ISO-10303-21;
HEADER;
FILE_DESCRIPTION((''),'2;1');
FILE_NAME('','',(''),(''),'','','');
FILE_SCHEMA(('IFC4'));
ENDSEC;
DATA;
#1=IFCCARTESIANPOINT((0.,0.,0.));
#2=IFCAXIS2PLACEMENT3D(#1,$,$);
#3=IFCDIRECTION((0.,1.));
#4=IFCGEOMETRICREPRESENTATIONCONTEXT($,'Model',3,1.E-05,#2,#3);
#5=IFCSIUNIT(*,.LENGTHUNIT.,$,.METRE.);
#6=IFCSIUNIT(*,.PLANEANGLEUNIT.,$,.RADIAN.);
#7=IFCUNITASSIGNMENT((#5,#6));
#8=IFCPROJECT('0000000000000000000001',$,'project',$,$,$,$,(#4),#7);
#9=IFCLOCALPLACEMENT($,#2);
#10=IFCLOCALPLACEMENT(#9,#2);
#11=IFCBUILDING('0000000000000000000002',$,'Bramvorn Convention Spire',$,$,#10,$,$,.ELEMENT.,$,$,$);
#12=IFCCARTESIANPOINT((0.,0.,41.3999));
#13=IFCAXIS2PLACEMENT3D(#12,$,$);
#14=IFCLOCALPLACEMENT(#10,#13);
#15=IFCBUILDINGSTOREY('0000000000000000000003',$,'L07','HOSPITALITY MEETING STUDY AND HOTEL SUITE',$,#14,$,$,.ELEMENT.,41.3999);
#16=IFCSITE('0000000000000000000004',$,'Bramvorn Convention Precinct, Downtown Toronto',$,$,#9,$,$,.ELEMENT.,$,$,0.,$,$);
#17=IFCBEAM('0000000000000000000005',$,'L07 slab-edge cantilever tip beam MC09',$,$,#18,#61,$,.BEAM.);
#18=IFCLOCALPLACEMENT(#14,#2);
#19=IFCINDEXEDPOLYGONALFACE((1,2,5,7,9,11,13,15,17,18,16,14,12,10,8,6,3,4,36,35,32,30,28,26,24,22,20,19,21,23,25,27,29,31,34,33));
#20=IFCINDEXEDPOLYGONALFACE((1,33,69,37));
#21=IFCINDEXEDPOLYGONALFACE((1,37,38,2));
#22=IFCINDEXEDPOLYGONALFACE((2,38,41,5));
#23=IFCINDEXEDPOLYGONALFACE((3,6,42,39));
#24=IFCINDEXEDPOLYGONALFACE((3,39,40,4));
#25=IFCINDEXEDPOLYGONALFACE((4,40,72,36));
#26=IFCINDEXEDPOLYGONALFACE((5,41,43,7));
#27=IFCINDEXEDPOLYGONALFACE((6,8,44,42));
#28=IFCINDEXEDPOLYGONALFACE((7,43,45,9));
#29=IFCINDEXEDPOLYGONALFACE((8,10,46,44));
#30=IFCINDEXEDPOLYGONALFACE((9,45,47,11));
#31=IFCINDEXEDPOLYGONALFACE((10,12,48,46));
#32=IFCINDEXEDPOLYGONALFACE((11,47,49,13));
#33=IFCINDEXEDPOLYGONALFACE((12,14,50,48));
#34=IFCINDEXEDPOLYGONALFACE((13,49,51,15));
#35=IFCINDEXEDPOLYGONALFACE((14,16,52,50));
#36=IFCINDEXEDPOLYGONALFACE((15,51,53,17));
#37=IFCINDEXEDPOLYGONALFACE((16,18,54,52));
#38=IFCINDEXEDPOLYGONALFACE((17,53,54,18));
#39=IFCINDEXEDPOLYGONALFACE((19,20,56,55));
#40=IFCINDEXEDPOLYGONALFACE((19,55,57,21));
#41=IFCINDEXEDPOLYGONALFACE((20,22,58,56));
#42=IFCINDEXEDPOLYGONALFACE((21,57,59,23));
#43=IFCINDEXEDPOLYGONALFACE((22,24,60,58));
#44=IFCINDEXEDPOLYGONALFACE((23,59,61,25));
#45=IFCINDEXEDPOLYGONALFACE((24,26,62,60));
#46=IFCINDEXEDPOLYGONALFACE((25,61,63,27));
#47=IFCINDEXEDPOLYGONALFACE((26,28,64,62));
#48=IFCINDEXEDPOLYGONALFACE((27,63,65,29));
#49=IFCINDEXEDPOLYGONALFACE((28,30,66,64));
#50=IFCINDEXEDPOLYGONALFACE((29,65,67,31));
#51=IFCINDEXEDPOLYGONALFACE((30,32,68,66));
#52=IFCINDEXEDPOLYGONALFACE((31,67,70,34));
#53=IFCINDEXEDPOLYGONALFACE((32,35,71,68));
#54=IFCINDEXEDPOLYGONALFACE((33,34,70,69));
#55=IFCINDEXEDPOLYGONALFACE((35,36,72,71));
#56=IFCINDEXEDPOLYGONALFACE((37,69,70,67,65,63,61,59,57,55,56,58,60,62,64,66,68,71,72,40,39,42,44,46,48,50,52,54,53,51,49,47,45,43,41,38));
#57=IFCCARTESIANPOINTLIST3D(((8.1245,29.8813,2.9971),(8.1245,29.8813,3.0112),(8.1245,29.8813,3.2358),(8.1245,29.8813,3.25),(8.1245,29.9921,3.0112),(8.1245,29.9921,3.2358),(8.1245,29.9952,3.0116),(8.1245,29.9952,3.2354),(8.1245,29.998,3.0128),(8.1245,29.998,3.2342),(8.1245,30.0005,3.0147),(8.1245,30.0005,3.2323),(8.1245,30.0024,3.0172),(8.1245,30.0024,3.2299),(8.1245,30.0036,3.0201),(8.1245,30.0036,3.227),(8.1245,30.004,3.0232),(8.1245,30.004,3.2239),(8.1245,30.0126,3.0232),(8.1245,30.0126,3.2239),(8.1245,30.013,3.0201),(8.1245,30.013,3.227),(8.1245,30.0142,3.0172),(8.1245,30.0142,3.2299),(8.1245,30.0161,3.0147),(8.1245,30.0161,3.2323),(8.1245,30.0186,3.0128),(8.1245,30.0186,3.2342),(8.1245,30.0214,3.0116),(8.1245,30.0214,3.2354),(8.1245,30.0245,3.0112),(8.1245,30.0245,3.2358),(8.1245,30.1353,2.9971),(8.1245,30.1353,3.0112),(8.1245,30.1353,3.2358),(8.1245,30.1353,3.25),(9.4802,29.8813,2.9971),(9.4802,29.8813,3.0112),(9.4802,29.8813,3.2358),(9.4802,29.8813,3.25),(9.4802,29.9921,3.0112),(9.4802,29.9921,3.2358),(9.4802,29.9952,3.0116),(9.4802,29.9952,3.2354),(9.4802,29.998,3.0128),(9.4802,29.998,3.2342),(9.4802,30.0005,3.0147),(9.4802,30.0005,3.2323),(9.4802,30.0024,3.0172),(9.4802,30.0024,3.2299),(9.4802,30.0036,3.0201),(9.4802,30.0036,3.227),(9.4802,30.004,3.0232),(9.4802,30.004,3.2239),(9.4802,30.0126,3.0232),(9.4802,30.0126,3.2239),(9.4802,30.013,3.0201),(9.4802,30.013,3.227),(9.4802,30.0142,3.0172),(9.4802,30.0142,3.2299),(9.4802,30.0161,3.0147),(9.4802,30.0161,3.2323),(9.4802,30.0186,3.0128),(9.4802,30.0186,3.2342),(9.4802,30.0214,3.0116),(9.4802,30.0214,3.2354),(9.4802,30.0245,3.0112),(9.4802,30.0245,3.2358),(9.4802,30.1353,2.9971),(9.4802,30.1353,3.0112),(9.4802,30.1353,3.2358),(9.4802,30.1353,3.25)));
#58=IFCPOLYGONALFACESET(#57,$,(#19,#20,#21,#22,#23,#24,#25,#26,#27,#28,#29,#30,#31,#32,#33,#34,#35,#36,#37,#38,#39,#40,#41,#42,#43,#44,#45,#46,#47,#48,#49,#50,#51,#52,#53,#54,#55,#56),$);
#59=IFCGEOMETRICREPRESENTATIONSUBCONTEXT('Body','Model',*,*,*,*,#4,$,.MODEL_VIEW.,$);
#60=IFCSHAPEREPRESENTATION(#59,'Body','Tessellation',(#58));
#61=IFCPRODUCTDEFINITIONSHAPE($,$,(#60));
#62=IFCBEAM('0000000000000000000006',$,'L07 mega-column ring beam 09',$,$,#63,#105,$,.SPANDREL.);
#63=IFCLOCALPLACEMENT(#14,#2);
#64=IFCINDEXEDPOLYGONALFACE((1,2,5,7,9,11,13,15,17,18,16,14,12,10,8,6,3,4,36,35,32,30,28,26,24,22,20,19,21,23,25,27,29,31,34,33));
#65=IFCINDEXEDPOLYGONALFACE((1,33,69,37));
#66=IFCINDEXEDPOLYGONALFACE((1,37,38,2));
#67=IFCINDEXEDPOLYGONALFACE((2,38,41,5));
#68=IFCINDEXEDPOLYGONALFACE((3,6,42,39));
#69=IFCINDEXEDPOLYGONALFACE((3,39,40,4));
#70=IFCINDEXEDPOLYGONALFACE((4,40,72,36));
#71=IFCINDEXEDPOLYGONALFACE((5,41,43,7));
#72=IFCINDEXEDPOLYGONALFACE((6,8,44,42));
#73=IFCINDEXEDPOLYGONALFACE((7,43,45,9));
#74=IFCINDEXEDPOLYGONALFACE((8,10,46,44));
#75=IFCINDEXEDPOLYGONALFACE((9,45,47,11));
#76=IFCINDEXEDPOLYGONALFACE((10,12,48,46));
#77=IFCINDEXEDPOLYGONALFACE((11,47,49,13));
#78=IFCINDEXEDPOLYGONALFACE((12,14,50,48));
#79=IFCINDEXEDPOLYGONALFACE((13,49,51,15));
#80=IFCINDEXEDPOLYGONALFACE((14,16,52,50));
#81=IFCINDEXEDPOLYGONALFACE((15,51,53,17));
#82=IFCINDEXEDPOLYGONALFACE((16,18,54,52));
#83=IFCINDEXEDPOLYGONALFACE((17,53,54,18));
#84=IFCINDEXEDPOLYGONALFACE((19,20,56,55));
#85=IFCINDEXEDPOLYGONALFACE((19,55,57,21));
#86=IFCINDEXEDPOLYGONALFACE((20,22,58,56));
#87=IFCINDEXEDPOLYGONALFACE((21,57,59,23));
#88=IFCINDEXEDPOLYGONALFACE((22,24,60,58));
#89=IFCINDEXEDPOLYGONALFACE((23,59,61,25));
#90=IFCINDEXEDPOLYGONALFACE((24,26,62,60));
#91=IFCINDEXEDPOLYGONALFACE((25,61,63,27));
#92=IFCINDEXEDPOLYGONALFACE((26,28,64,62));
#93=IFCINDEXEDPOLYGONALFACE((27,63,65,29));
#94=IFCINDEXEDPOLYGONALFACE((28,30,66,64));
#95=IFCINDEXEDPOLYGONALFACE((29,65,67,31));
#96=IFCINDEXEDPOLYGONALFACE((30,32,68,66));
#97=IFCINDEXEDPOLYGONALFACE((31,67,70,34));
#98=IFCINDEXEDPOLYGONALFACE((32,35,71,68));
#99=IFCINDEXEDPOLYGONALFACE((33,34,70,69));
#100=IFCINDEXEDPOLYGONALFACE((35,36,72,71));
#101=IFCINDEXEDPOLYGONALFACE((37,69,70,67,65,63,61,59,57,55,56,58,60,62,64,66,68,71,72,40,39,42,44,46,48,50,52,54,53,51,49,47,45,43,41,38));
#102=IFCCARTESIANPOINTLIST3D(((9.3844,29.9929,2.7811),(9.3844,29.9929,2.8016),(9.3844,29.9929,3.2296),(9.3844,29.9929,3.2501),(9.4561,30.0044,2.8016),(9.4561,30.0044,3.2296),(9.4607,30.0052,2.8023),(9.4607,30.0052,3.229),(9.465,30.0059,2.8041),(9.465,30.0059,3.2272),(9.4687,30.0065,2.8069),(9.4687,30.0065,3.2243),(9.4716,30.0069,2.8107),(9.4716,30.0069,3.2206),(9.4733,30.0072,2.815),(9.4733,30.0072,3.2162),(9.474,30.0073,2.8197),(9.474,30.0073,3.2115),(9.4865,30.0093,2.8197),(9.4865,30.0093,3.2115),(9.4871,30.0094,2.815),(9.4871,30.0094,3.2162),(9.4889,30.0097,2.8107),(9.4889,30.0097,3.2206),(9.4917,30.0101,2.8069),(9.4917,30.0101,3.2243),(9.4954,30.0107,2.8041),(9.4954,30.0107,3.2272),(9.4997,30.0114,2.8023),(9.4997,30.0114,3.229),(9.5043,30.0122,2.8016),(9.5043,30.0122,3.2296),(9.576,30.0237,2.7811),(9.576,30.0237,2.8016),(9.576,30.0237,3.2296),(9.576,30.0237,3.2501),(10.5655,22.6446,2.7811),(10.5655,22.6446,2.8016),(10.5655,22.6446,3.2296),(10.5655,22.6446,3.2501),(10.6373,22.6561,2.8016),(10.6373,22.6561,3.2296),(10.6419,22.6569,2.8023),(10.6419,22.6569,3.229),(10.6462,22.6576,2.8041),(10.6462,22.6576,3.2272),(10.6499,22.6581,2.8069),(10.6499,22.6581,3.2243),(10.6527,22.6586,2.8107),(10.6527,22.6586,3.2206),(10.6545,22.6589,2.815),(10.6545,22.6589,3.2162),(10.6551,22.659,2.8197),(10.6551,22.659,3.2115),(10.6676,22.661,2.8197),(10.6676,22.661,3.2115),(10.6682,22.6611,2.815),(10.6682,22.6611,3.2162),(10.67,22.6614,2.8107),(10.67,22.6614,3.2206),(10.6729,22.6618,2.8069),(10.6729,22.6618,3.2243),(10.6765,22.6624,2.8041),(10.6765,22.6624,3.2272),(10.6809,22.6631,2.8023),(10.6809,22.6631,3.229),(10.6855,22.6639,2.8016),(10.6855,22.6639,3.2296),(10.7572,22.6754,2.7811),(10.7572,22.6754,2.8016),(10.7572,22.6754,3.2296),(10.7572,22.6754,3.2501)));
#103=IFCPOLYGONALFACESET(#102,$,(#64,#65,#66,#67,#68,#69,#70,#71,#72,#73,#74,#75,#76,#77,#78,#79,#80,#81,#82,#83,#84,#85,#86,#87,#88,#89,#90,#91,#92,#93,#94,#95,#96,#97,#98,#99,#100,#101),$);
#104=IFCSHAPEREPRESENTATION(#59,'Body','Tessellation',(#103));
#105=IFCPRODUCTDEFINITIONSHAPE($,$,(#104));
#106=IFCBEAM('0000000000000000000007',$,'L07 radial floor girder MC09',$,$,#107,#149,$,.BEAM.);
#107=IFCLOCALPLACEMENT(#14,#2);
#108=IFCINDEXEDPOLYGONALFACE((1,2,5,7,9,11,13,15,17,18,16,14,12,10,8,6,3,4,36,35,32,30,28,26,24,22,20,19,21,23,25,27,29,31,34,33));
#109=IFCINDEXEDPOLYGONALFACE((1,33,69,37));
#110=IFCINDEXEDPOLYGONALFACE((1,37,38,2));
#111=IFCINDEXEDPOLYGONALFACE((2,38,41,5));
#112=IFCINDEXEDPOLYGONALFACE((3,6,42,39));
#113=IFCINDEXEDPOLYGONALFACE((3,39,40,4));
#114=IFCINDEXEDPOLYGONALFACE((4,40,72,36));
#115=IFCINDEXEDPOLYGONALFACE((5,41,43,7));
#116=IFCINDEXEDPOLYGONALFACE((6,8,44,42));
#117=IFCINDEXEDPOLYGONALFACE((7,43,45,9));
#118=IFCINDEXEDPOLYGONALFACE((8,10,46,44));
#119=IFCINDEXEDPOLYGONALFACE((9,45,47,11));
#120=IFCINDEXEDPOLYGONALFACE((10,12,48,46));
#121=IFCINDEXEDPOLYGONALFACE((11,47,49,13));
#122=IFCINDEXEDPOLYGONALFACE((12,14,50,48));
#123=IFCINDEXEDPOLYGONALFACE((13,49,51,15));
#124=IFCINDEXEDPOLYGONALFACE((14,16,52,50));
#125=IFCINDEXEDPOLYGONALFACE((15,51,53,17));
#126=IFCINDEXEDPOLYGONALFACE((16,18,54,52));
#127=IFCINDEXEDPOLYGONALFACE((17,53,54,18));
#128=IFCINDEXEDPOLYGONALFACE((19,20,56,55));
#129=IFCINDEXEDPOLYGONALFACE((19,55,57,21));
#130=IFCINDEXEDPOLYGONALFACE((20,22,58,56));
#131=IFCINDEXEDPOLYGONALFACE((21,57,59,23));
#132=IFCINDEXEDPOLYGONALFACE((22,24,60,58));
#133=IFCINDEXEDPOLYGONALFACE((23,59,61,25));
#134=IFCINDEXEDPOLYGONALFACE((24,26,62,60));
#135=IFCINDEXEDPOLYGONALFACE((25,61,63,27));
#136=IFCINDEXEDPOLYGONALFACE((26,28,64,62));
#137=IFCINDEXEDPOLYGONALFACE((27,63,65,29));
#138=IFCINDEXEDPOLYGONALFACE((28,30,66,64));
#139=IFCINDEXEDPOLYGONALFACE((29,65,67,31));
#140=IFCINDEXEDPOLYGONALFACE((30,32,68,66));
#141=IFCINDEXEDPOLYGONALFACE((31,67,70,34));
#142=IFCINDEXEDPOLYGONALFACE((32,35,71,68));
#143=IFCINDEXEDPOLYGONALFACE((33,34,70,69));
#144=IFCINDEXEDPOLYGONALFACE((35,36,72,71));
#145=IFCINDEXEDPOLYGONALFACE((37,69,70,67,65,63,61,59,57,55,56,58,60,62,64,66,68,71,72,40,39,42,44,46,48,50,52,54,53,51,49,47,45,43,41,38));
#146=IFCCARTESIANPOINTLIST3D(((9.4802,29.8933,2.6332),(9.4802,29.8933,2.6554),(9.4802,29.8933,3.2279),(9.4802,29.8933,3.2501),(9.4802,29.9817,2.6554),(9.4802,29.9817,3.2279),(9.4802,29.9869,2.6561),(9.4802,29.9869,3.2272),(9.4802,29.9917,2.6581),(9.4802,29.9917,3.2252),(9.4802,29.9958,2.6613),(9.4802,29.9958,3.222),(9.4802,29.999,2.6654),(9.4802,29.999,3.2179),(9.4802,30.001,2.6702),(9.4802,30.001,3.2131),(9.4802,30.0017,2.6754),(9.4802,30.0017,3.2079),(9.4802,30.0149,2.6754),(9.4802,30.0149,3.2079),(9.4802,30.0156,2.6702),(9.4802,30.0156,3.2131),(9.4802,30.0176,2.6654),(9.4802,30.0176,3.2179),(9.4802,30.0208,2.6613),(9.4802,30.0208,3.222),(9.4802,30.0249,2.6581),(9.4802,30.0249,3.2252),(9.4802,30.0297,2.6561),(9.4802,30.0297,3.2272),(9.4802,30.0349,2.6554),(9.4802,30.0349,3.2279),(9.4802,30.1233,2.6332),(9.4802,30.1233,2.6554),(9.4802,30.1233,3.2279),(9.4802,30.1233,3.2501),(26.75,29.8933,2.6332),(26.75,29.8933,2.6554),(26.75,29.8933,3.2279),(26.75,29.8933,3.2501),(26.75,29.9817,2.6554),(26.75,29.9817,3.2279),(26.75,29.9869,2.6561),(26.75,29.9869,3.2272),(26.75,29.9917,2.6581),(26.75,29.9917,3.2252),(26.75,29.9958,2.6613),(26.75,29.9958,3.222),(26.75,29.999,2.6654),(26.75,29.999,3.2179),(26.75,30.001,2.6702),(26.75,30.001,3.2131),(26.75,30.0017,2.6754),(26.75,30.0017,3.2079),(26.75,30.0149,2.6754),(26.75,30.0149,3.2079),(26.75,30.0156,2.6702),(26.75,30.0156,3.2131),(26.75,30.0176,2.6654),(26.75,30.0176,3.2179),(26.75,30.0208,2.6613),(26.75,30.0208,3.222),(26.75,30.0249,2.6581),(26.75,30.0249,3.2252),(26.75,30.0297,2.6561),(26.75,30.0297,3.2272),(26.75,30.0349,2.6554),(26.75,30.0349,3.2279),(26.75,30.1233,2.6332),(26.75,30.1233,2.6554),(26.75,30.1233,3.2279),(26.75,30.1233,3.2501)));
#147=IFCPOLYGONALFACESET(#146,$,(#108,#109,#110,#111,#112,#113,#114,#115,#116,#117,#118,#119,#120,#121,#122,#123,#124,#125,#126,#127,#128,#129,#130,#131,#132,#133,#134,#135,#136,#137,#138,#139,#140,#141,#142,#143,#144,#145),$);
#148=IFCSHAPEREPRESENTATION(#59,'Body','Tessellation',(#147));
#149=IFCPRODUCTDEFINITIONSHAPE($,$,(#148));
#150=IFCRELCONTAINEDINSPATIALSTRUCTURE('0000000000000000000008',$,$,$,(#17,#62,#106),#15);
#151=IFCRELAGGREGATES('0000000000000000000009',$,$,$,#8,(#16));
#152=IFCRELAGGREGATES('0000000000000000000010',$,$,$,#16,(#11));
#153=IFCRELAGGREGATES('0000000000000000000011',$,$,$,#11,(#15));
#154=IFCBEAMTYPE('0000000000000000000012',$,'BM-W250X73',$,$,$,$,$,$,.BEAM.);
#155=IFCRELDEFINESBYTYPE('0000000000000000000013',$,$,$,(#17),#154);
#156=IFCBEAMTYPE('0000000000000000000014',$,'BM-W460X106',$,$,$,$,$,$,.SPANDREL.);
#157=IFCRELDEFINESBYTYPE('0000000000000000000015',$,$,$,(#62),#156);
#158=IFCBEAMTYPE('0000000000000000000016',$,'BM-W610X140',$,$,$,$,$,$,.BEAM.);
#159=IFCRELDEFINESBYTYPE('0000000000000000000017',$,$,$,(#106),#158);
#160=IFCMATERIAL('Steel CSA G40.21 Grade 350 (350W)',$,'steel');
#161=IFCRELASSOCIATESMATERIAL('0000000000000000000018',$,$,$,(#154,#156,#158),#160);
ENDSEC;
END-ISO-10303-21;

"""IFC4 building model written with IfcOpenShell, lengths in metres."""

from ifc_helpers import new_model, si_unit, direction, frame, origin, origin_2d, place, context, subcontext, project, spatial, i_section, extrude, material, material_profile, profile_set, type_object, element, save


model = new_model("IFC4")

# Units and contexts
model_context = context("Model", 3, precision=1e-05, world=origin(), true_north=direction((0.0, 1.0)))
body_context = subcontext(model_context, "Body", "Model", "MODEL_VIEW")
ifc_project = project(units=[si_unit("LENGTHUNIT", "METRE"), si_unit("PLANEANGLEUNIT", "RADIAN")], contexts=[model_context])

# Site, building, storey
site_placement = place(None, origin())
site = spatial("IfcSite", under=ifc_project, at=site_placement, Name="Bramvorn Convention Precinct, Downtown Toronto", CompositionType="ELEMENT", RefElevation=0.0)
building_placement = place(site_placement, origin())
building = spatial("IfcBuilding", under=site, at=building_placement, Name="Bramvorn Convention Spire", CompositionType="ELEMENT")
storey_placement = place(building_placement, frame((0.0, 0.0, 41.3999)))
storey = spatial("IfcBuildingStorey", under=building, at=storey_placement, Name="L07", Description="HOSPITALITY MEETING STUDY AND HOTEL SUITE", CompositionType="ELEMENT", Elevation=41.3999)

# Shared definitions
ifc_material_1 = material(Name="Steel CSA G40.21 Grade 350 (350W)", Category="steel")

# Beams
ifc_material_profile_1 = material_profile(ifc_material_1, i_section(OverallWidth=0.2539, OverallDepth=0.2529, WebThickness=0.0085, FlangeThickness=0.0142, FilletRadius=0.012, at=origin_2d()))
ifc_profile_set_1 = profile_set([ifc_material_profile_1], Name="Steel CSA G40.21 Grade 350 (350W) - W250X73")
beam_type_1 = type_object("IfcBeamType", Name="BM-W250X73", PredefinedType="BEAM", material=ifc_profile_set_1)
beam_1_placement = place(storey_placement, frame((9.4802, 30.0083, 3.1235), z_axis=(-1.0, 0.0, 0.0), x_axis=(0.0, -1.0, 0.0)))
element("IfcBeam", 1, at=beam_1_placement, inside=storey, type_object=beam_type_1, Name="L07 slab-edge cantilever tip beam MC09", PredefinedType="BEAM", context=body_context, shape_type="SweptSolid", body=[
    extrude(i_section(OverallWidth=0.2539, OverallDepth=0.2529, WebThickness=0.0085, FlangeThickness=0.0142, FilletRadius=0.012, at=origin_2d()), origin(), (0.0, 0.0, 1.0), 1.3557),
])
ifc_material_profile_2 = material_profile(ifc_material_1, i_section(OverallWidth=0.1941, OverallDepth=0.469, WebThickness=0.0127, FlangeThickness=0.0205, FilletRadius=0.0181, at=origin_2d()))
ifc_profile_set_2 = profile_set([ifc_material_profile_2], Name="Steel CSA G40.21 Grade 350 (350W) - W460X106")
beam_type_2 = type_object("IfcBeamType", Name="BM-W460X106", PredefinedType="SPANDREL", material=ifc_profile_set_2)
beam_2_placement = place(storey_placement, frame((9.4802, 30.0083, 3.0156), z_axis=(0.158699, -0.987327, 0.0), x_axis=(0.987327, 0.158699, 0.0)))
element("IfcBeam", 2, at=beam_2_placement, inside=storey, type_object=beam_type_2, Name="L07 mega-column ring beam 09", PredefinedType="SPANDREL", context=body_context, shape_type="SweptSolid", body=[
    extrude(i_section(OverallWidth=0.1941, OverallDepth=0.469, WebThickness=0.0127, FlangeThickness=0.0205, FilletRadius=0.0181, at=origin_2d()), origin(), (0.0, 0.0, 1.0), 7.4426),
])
ifc_material_profile_3 = material_profile(ifc_material_1, i_section(OverallWidth=0.23, OverallDepth=0.6169, WebThickness=0.0132, FlangeThickness=0.0222, FilletRadius=0.02, at=origin_2d()))
ifc_profile_set_3 = profile_set([ifc_material_profile_3], Name="Steel CSA G40.21 Grade 350 (350W) - W610X140")
beam_type_3 = type_object("IfcBeamType", Name="BM-W610X140", PredefinedType="BEAM", material=ifc_profile_set_3)
beam_3_placement = place(storey_placement, frame((26.75, 30.0083, 2.9417), z_axis=(-1.0, 0.0, 0.0), x_axis=(0.0, -1.0, 0.0)))
element("IfcBeam", 3, at=beam_3_placement, inside=storey, type_object=beam_type_3, Name="L07 radial floor girder MC09", PredefinedType="BEAM", context=body_context, shape_type="SweptSolid", body=[
    extrude(i_section(OverallWidth=0.23, OverallDepth=0.6169, WebThickness=0.0132, FlangeThickness=0.0222, FilletRadius=0.02, at=origin_2d()), origin(), (0.0, 0.0, 1.0), 17.2698),
])

save(model, "model.ifc")
